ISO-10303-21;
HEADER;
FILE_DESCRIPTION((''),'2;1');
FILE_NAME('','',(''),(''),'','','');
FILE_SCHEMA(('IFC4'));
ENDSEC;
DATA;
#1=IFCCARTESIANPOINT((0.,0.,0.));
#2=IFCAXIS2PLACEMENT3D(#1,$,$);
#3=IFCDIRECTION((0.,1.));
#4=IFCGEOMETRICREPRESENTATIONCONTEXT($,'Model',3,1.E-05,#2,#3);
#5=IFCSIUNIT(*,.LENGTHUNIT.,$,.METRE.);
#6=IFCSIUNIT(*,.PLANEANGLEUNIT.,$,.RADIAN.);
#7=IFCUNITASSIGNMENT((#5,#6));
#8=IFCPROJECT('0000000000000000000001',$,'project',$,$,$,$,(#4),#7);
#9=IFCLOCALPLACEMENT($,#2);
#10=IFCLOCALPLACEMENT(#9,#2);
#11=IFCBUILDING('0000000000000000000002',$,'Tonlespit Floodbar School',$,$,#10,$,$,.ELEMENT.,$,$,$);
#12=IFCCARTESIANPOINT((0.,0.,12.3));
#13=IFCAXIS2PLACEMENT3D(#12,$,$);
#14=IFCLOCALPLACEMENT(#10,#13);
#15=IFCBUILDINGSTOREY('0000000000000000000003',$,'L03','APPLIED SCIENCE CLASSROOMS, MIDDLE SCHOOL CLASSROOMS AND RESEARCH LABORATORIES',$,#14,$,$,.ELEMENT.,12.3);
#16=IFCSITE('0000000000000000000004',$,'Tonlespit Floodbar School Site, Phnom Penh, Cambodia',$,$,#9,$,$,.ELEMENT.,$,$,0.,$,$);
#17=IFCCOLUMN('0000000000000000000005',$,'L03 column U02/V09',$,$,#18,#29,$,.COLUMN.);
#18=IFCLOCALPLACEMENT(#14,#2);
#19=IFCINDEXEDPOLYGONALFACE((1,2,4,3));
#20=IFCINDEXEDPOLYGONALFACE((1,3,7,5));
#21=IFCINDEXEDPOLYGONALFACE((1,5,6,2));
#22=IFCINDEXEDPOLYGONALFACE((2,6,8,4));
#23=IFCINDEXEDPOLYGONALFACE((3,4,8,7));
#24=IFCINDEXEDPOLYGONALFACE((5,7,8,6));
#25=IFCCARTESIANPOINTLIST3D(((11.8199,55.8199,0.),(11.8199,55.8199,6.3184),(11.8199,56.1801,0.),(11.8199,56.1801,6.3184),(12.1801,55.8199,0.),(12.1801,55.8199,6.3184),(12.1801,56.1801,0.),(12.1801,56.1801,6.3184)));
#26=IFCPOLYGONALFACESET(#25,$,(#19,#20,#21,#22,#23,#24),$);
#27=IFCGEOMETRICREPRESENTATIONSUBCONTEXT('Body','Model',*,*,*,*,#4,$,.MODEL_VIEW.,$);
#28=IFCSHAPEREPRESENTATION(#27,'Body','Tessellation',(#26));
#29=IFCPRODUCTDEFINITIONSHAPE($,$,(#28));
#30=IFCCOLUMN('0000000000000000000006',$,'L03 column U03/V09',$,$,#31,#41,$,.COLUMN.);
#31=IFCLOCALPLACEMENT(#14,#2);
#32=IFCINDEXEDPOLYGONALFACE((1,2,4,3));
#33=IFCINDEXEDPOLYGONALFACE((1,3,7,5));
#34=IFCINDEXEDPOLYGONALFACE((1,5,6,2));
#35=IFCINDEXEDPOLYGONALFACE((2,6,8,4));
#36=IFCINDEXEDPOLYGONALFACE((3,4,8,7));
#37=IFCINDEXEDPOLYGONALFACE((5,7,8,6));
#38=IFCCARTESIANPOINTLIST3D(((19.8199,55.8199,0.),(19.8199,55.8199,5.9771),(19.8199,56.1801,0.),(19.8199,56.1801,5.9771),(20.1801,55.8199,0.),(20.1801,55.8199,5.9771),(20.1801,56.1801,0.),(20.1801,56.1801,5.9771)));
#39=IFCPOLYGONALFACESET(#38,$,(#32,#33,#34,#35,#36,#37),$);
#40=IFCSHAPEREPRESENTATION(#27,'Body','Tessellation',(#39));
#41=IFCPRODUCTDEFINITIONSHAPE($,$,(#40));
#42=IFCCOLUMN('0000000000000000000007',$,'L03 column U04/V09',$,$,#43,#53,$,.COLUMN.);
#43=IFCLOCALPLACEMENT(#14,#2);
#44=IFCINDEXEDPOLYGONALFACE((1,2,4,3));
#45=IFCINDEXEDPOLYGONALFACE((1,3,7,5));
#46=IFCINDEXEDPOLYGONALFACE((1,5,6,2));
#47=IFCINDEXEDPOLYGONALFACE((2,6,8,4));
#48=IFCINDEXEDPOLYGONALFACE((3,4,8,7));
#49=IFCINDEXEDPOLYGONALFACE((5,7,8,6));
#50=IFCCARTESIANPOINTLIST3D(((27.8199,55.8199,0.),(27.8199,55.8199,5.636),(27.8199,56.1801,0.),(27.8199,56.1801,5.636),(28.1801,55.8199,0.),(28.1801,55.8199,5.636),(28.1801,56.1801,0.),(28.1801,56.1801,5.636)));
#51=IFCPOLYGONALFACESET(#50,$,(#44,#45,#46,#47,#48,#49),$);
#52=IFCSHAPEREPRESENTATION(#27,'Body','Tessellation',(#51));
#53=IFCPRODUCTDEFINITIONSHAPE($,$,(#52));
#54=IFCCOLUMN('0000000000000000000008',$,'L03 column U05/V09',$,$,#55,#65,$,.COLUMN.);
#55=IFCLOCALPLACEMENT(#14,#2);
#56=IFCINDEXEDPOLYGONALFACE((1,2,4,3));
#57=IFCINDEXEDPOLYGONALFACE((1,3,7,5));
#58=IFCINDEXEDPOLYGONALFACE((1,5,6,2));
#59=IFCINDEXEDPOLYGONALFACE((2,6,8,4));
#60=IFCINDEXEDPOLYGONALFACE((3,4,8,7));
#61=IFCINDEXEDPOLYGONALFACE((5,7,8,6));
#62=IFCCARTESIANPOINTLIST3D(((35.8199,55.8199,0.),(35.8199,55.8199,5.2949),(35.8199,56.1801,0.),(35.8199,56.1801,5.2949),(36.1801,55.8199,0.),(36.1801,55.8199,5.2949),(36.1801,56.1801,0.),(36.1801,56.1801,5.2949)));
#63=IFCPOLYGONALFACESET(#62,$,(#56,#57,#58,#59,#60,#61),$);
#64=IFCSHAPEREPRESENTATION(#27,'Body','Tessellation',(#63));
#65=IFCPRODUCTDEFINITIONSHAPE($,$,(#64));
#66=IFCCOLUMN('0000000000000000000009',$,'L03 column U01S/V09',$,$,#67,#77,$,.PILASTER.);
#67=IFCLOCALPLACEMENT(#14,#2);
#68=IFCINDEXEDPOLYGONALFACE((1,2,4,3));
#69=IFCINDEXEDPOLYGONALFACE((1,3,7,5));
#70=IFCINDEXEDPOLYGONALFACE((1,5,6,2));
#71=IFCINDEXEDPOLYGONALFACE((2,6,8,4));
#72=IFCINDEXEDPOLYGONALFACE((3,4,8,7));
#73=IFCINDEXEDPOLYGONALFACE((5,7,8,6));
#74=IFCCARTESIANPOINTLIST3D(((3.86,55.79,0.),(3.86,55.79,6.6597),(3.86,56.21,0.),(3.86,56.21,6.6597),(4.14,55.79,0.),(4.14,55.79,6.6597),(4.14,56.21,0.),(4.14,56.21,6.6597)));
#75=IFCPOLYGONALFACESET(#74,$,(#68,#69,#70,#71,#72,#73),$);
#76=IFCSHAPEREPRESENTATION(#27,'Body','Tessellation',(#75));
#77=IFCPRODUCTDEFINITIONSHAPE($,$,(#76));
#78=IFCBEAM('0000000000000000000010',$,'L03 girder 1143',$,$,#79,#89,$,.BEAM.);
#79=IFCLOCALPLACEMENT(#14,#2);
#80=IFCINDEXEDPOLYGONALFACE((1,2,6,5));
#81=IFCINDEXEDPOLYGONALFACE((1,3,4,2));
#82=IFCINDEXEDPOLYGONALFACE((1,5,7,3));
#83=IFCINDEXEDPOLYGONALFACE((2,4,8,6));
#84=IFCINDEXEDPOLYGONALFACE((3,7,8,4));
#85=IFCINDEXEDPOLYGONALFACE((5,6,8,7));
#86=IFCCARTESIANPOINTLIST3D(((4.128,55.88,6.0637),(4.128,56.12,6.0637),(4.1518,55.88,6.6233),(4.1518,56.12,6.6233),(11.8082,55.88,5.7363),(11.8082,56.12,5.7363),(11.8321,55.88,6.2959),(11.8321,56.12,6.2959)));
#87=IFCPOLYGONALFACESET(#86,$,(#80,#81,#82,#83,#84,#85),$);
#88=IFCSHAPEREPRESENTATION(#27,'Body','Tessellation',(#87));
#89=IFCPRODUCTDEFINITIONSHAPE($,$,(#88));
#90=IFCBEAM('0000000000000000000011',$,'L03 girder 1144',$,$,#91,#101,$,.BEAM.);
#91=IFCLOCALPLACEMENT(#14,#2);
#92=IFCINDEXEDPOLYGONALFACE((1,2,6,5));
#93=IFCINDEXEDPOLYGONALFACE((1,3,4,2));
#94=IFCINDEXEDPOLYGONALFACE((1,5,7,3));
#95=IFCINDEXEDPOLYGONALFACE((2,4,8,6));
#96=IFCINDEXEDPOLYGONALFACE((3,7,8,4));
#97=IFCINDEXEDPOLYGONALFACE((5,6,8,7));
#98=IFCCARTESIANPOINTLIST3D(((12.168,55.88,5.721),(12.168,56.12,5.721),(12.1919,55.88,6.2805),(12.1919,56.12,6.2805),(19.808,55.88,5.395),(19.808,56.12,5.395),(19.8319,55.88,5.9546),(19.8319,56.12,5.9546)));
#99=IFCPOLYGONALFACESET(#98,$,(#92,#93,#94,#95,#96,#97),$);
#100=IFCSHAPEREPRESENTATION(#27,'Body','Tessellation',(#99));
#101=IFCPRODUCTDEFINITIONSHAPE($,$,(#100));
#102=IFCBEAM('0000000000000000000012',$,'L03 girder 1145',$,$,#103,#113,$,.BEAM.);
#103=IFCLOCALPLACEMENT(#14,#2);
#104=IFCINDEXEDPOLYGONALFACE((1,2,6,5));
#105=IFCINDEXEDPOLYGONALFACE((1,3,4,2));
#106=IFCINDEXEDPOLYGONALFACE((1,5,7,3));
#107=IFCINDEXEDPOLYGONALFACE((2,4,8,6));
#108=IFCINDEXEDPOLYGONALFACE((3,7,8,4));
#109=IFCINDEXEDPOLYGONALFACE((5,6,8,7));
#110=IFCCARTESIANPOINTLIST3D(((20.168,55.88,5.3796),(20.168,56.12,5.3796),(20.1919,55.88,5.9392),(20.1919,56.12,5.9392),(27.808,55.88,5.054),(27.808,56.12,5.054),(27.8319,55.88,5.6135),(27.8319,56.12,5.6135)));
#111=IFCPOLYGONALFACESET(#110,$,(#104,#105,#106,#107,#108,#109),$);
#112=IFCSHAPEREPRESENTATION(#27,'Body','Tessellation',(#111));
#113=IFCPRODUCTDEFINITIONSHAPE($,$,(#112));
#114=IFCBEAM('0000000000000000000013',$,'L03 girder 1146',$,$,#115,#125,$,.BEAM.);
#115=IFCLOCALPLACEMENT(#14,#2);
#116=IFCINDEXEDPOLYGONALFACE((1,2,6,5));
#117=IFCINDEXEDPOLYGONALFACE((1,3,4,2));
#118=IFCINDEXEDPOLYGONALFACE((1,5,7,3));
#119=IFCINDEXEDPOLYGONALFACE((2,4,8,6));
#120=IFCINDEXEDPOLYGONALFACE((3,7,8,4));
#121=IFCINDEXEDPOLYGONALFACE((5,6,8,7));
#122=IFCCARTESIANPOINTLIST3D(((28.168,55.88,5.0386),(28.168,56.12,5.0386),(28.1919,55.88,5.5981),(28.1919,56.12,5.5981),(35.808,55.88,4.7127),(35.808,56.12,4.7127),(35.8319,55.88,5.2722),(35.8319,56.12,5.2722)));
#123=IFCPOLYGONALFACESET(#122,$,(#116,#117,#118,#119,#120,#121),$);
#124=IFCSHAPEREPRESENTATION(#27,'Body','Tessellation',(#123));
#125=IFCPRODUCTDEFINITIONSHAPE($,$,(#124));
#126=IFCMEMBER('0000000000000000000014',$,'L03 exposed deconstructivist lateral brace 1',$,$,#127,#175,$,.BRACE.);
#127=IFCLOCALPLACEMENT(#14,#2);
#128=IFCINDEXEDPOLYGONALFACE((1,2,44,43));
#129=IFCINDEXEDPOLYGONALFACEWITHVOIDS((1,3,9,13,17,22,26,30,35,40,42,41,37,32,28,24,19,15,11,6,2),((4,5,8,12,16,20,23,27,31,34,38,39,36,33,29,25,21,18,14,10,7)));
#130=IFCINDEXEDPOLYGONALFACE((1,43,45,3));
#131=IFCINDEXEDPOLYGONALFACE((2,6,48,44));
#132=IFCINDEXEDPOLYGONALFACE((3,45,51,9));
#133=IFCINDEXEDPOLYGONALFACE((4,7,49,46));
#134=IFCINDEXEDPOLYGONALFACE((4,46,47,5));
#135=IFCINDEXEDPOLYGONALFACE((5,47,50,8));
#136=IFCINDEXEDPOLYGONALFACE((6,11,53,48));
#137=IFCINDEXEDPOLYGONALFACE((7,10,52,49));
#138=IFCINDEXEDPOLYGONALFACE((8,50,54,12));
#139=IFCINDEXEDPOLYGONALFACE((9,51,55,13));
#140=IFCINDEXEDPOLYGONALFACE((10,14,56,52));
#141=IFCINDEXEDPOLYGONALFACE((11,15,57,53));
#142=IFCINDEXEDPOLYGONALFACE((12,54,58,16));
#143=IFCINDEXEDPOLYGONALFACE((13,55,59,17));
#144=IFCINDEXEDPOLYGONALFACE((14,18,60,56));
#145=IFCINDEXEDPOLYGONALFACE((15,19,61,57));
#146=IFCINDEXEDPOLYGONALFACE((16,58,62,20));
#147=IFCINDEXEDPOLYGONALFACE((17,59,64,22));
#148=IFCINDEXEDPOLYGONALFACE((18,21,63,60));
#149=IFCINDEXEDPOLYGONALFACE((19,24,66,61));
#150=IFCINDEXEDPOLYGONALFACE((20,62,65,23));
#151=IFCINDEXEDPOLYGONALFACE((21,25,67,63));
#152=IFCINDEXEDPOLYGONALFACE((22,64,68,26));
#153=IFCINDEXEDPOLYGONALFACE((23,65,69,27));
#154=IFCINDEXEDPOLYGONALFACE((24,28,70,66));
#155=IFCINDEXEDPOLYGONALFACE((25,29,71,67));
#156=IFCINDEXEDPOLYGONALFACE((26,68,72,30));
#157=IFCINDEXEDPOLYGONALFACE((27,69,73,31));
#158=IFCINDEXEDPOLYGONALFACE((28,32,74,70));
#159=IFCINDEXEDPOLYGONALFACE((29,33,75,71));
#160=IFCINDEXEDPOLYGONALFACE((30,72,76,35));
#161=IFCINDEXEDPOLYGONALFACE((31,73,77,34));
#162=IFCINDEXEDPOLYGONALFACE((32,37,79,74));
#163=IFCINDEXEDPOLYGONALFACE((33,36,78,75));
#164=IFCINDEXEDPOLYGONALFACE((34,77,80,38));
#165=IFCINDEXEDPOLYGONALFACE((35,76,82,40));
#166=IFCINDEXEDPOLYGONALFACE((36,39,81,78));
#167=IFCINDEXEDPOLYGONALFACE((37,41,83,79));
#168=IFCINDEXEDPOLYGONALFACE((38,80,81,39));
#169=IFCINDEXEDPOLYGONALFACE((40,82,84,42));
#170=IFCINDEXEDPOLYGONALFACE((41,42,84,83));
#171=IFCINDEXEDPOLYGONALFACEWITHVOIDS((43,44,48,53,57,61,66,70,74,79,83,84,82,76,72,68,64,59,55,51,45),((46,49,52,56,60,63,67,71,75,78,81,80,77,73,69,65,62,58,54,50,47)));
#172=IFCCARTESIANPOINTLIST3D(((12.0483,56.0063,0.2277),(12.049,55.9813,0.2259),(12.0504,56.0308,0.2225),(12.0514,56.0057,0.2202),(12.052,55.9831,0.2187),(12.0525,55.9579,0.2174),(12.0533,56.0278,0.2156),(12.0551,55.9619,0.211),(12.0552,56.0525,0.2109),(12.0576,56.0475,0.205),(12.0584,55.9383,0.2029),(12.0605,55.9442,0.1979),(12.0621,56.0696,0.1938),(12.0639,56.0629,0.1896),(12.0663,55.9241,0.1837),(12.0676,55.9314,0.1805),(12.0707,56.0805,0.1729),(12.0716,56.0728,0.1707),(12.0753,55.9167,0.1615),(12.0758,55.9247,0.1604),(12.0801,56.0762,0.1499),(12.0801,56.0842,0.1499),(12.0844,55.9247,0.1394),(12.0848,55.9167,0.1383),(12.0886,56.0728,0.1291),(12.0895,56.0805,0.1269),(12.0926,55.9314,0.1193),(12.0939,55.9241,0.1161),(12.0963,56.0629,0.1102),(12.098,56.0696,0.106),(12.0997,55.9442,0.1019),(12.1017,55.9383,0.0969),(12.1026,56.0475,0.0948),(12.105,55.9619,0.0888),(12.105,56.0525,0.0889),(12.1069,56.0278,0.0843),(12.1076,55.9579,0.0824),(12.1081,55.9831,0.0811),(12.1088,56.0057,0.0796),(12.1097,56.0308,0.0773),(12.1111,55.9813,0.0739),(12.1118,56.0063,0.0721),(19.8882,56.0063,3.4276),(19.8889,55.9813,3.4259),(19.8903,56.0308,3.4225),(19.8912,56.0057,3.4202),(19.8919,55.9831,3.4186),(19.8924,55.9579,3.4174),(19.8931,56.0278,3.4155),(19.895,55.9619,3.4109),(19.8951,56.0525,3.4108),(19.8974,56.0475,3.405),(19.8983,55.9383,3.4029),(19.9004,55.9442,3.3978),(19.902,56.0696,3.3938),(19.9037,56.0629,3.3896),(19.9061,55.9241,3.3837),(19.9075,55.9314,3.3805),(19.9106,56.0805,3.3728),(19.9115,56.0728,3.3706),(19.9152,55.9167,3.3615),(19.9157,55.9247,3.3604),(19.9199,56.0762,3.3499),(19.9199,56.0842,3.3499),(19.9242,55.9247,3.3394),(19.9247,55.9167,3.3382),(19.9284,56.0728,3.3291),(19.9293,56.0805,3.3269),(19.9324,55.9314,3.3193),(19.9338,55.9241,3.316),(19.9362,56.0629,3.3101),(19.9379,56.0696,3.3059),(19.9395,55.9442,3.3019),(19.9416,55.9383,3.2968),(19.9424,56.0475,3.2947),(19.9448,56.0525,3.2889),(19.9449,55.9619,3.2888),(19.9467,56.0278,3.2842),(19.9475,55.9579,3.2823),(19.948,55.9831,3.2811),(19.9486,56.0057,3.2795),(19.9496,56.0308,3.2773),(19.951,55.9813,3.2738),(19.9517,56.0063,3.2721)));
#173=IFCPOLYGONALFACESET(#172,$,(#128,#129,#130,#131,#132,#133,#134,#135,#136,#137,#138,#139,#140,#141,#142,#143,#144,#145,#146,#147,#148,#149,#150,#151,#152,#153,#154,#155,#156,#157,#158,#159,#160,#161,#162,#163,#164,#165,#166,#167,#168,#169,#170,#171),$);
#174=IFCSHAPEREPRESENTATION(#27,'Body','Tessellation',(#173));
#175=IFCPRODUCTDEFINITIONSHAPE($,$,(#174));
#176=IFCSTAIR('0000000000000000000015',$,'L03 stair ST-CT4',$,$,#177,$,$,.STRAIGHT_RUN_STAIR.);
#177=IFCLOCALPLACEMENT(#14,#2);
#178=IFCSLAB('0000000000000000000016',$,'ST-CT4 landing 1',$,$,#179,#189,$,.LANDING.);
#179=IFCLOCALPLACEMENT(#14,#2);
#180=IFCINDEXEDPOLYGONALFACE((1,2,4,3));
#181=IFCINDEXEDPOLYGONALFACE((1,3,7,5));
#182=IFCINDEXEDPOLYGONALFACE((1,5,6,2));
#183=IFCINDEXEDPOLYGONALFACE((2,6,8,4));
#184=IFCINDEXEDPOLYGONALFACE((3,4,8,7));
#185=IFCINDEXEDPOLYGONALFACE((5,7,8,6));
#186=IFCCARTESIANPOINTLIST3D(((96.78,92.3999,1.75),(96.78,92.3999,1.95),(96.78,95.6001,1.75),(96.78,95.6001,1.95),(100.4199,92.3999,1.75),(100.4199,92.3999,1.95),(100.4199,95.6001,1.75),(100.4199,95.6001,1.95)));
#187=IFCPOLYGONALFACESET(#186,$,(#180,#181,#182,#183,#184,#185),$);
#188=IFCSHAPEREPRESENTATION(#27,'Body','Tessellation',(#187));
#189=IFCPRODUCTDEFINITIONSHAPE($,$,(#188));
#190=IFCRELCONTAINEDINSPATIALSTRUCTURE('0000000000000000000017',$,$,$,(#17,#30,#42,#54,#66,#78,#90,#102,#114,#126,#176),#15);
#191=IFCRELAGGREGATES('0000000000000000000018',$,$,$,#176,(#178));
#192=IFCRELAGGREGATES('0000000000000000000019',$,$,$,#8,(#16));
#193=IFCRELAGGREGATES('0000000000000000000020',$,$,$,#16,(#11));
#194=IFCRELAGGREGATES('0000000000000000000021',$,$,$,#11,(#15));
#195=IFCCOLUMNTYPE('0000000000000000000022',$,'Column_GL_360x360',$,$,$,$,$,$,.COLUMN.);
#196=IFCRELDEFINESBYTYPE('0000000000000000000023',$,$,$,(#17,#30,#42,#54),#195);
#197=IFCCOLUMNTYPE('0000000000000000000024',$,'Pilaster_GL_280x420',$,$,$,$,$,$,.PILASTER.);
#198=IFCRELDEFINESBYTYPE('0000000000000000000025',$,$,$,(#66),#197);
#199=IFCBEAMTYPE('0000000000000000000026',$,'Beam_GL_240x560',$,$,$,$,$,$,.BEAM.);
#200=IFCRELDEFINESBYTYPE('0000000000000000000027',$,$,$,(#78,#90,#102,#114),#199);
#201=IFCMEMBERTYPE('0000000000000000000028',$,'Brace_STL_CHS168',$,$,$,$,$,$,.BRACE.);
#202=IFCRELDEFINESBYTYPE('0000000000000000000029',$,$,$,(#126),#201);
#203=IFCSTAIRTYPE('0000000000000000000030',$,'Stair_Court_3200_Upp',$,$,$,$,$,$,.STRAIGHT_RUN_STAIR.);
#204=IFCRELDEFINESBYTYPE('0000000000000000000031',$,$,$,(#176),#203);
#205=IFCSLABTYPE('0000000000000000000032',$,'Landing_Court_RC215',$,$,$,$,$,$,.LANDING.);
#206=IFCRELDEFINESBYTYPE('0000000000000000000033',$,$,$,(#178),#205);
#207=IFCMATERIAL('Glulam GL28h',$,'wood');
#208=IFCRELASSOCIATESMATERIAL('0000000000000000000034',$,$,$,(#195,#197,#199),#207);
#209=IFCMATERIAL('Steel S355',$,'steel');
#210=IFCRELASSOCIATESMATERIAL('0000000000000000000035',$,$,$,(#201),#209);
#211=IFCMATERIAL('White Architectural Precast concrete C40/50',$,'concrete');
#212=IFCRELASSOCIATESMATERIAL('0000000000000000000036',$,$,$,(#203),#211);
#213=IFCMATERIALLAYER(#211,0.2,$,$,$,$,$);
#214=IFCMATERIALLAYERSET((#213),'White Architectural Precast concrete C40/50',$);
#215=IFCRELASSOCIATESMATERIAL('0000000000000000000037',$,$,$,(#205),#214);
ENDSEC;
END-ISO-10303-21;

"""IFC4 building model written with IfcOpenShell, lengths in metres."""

from ifc_helpers import new_model, si_unit, direction, frame, origin, origin_2d, place, context, subcontext, project, spatial, polyline, rectangle, hollow_circle, outline, extrude, material, layer, layer_set, material_profile, profile_set, type_object, element, aggregate, save


model = new_model("IFC4")

# Units and contexts
model_context = context("Model", 3, precision=1e-05, world=origin(), true_north=direction((0.0, 1.0)))
body_context = subcontext(model_context, "Body", "Model", "MODEL_VIEW")
ifc_project = project(units=[si_unit("LENGTHUNIT", "METRE"), si_unit("PLANEANGLEUNIT", "RADIAN")], contexts=[model_context])

# Site, building, storey
site_placement = place(None, origin())
site = spatial("IfcSite", under=ifc_project, at=site_placement, Name="Tonlespit Floodbar School Site, Phnom Penh, Cambodia", CompositionType="ELEMENT", RefElevation=0.0)
building_placement = place(site_placement, origin())
building = spatial("IfcBuilding", under=site, at=building_placement, Name="Tonlespit Floodbar School", CompositionType="ELEMENT")
storey_placement = place(building_placement, frame((0.0, 0.0, 12.3)))
storey = spatial("IfcBuildingStorey", under=building, at=storey_placement, Name="L03", Description="APPLIED SCIENCE CLASSROOMS, MIDDLE SCHOOL CLASSROOMS AND RESEARCH LABORATORIES", CompositionType="ELEMENT", Elevation=12.3)

# Columns
ifc_material_1 = material(Name="Glulam GL28h", Category="wood")
ifc_material_profile_1 = material_profile(ifc_material_1, rectangle(XDim=0.3601, YDim=0.3601, at=origin_2d()), Name="GL 360x360")
ifc_profile_set_1 = profile_set([ifc_material_profile_1], Name="Glulam GL28h")
column_type_1 = type_object("IfcColumnType", Name="Column_GL_360x360", PredefinedType="COLUMN", material=ifc_profile_set_1)
column_1_placement = place(storey_placement, frame((12.0, 56.0, 0.0), z_axis=(0.0, 0.0, 1.0), x_axis=(1.0, 0.0, 0.0)))
element("IfcColumn", 1, at=column_1_placement, inside=storey, type_object=column_type_1, Name="L03 column U02/V09", PredefinedType="COLUMN", context=body_context, shape_type="SweptSolid", body=[
    extrude(rectangle(XDim=0.3601, YDim=0.3601, at=origin_2d()), origin(), (0.0, 0.0, 1.0), 6.3184),
])
column_2_placement = place(storey_placement, frame((20.0, 56.0, 0.0), z_axis=(0.0, 0.0, 1.0), x_axis=(1.0, 0.0, 0.0)))
element("IfcColumn", 2, at=column_2_placement, inside=storey, type_object=column_type_1, Name="L03 column U03/V09", PredefinedType="COLUMN", context=body_context, shape_type="SweptSolid", body=[
    extrude(rectangle(XDim=0.3601, YDim=0.3601, at=origin_2d()), origin(), (0.0, 0.0, 1.0), 5.9771),
])
column_3_placement = place(storey_placement, frame((28.0, 56.0, 0.0), z_axis=(0.0, 0.0, 1.0), x_axis=(1.0, 0.0, 0.0)))
element("IfcColumn", 3, at=column_3_placement, inside=storey, type_object=column_type_1, Name="L03 column U04/V09", PredefinedType="COLUMN", context=body_context, shape_type="SweptSolid", body=[
    extrude(rectangle(XDim=0.3601, YDim=0.3601, at=origin_2d()), origin(), (0.0, 0.0, 1.0), 5.636),
])
column_4_placement = place(storey_placement, frame((36.0, 56.0, 0.0), z_axis=(0.0, 0.0, 1.0), x_axis=(1.0, 0.0, 0.0)))
element("IfcColumn", 4, at=column_4_placement, inside=storey, type_object=column_type_1, Name="L03 column U05/V09", PredefinedType="COLUMN", context=body_context, shape_type="SweptSolid", body=[
    extrude(rectangle(XDim=0.3601, YDim=0.3601, at=origin_2d()), origin(), (0.0, 0.0, 1.0), 5.2949),
])
ifc_material_profile_2 = material_profile(ifc_material_1, rectangle(XDim=0.28, YDim=0.4199, at=origin_2d()), Name="GL 280x420")
ifc_profile_set_2 = profile_set([ifc_material_profile_2], Name="Glulam GL28h")
column_type_2 = type_object("IfcColumnType", Name="Pilaster_GL_280x420", PredefinedType="PILASTER", material=ifc_profile_set_2)
column_5_placement = place(storey_placement, frame((4.0, 56.0, 0.0), z_axis=(0.0, 0.0, 1.0), x_axis=(1.0, 0.0, 0.0)))
element("IfcColumn", 5, at=column_5_placement, inside=storey, type_object=column_type_2, Name="L03 column U01S/V09", PredefinedType="PILASTER", context=body_context, shape_type="SweptSolid", body=[
    extrude(rectangle(XDim=0.28, YDim=0.4199, at=origin_2d()), origin(), (0.0, 0.0, 1.0), 6.6597),
])

# Beams
ifc_material_profile_3 = material_profile(ifc_material_1, rectangle(XDim=0.24, YDim=0.5601, at=origin_2d()), Name="GL 240x560")
ifc_profile_set_3 = profile_set([ifc_material_profile_3], Name="Glulam GL28h")
beam_type = type_object("IfcBeamType", Name="Beam_GL_240x560", PredefinedType="BEAM", material=ifc_profile_set_3)
beam_placement = place(storey_placement, frame((4.1399, 56.0, 6.3435), z_axis=(0.999093, 0.0, -0.04259), x_axis=(0.0, 1.0, 0.0)))
element("IfcBeam", 6, at=beam_placement, inside=storey, type_object=beam_type, Name="L03 girder 1143", PredefinedType="BEAM", context=body_context, shape_type="SweptSolid", body=[
    extrude(rectangle(XDim=0.24, YDim=0.5601, at=origin_2d()), origin(), (0.0, 0.0, 1.0), 7.6873),
])
for number, where, z_axis, x_axis, name in (
    (7, (12.1799, 56.0, 6.0007), (0.999091, 0.0, -0.042621), (0.0, 1.0, 0.0), "L03 girder 1144"),
    (8, (20.1799, 56.0, 5.6594), (0.999093, 0.0, -0.042589), (0.0, 1.0, 0.0), "L03 girder 1145"),
    (9, (28.1799, 56.0, 5.3184), (0.999091, 0.0, -0.042621), (0.0, 1.0, 0.0), "L03 girder 1146"),
):
    element("IfcBeam", number, at=place(storey_placement, frame(where, z_axis=z_axis, x_axis=x_axis)), inside=storey, type_object=beam_type, Name=name, PredefinedType="BEAM", context=body_context, shape_type="SweptSolid", body=[
        extrude(rectangle(XDim=0.24, YDim=0.5601, at=origin_2d()), origin(), (0.0, 0.0, 1.0), 7.647),
    ])

# Member
ifc_material_2 = material(Name="Steel S355", Category="steel")
ifc_material_profile_4 = material_profile(ifc_material_2, hollow_circle(Radius=0.0842, WallThickness=0.0081, at=origin_2d()), Name="CHS 168.3x8")
ifc_profile_set_4 = profile_set([ifc_material_profile_4], Name="Steel S355")
member_type = type_object("IfcMemberType", Name="Brace_STL_CHS168", PredefinedType="BRACE", material=ifc_profile_set_4)
member_placement = place(storey_placement, frame((12.0801, 56.0, 0.1499), z_axis=(0.925847, 0.0, 0.377899), x_axis=(0.0, 1.0, 0.0)))
element("IfcMember", 10, at=member_placement, inside=storey, type_object=member_type, Name="L03 exposed deconstructivist lateral brace 1", PredefinedType="BRACE", context=body_context, shape_type="SweptSolid", body=[
    extrude(hollow_circle(Radius=0.0842, WallThickness=0.0081, at=origin_2d()), origin(), (0.0, 0.0, 1.0), 8.4678),
])

# Stair, slab
ifc_material_3 = material(Name="White Architectural Precast concrete C40/50", Category="concrete")
stair_type_1 = type_object("IfcStairType", Name="Stair_Court_3200_Upp", PredefinedType="STRAIGHT_RUN_STAIR", material=ifc_material_3)
stair_1_placement = place(storey_placement, origin())
stair_1 = element("IfcStair", 11, at=stair_1_placement, inside=storey, type_object=stair_type_1, Name="L03 stair ST-CT4", PredefinedType="STRAIGHT_RUN_STAIR")
ifc_layer_1 = layer(ifc_material_3, 0.2)
ifc_layer_set_1 = layer_set([ifc_layer_1], Name="White Architectural Precast concrete C40/50")
slab_type = type_object("IfcSlabType", Name="Landing_Court_RC215", PredefinedType="LANDING", material=ifc_layer_set_1)
slab_1_placement = place(storey_placement, frame((0.0, 0.0, 1.75)))
slab_1 = element("IfcSlab", 12, at=slab_1_placement, type_object=slab_type, Name="ST-CT4 landing 1", PredefinedType="LANDING", context=body_context, shape_type="SweptSolid", body=[
    extrude(outline(polyline([(96.78, 92.3999), (100.4199, 92.3999), (100.4199, 95.6001), (96.78, 95.6001), (96.78, 92.3999)])), origin(), (0.0, 0.0, 1.0), 0.2),
])
aggregate(stair_1, [slab_1])

save(model, "model.ifc")
